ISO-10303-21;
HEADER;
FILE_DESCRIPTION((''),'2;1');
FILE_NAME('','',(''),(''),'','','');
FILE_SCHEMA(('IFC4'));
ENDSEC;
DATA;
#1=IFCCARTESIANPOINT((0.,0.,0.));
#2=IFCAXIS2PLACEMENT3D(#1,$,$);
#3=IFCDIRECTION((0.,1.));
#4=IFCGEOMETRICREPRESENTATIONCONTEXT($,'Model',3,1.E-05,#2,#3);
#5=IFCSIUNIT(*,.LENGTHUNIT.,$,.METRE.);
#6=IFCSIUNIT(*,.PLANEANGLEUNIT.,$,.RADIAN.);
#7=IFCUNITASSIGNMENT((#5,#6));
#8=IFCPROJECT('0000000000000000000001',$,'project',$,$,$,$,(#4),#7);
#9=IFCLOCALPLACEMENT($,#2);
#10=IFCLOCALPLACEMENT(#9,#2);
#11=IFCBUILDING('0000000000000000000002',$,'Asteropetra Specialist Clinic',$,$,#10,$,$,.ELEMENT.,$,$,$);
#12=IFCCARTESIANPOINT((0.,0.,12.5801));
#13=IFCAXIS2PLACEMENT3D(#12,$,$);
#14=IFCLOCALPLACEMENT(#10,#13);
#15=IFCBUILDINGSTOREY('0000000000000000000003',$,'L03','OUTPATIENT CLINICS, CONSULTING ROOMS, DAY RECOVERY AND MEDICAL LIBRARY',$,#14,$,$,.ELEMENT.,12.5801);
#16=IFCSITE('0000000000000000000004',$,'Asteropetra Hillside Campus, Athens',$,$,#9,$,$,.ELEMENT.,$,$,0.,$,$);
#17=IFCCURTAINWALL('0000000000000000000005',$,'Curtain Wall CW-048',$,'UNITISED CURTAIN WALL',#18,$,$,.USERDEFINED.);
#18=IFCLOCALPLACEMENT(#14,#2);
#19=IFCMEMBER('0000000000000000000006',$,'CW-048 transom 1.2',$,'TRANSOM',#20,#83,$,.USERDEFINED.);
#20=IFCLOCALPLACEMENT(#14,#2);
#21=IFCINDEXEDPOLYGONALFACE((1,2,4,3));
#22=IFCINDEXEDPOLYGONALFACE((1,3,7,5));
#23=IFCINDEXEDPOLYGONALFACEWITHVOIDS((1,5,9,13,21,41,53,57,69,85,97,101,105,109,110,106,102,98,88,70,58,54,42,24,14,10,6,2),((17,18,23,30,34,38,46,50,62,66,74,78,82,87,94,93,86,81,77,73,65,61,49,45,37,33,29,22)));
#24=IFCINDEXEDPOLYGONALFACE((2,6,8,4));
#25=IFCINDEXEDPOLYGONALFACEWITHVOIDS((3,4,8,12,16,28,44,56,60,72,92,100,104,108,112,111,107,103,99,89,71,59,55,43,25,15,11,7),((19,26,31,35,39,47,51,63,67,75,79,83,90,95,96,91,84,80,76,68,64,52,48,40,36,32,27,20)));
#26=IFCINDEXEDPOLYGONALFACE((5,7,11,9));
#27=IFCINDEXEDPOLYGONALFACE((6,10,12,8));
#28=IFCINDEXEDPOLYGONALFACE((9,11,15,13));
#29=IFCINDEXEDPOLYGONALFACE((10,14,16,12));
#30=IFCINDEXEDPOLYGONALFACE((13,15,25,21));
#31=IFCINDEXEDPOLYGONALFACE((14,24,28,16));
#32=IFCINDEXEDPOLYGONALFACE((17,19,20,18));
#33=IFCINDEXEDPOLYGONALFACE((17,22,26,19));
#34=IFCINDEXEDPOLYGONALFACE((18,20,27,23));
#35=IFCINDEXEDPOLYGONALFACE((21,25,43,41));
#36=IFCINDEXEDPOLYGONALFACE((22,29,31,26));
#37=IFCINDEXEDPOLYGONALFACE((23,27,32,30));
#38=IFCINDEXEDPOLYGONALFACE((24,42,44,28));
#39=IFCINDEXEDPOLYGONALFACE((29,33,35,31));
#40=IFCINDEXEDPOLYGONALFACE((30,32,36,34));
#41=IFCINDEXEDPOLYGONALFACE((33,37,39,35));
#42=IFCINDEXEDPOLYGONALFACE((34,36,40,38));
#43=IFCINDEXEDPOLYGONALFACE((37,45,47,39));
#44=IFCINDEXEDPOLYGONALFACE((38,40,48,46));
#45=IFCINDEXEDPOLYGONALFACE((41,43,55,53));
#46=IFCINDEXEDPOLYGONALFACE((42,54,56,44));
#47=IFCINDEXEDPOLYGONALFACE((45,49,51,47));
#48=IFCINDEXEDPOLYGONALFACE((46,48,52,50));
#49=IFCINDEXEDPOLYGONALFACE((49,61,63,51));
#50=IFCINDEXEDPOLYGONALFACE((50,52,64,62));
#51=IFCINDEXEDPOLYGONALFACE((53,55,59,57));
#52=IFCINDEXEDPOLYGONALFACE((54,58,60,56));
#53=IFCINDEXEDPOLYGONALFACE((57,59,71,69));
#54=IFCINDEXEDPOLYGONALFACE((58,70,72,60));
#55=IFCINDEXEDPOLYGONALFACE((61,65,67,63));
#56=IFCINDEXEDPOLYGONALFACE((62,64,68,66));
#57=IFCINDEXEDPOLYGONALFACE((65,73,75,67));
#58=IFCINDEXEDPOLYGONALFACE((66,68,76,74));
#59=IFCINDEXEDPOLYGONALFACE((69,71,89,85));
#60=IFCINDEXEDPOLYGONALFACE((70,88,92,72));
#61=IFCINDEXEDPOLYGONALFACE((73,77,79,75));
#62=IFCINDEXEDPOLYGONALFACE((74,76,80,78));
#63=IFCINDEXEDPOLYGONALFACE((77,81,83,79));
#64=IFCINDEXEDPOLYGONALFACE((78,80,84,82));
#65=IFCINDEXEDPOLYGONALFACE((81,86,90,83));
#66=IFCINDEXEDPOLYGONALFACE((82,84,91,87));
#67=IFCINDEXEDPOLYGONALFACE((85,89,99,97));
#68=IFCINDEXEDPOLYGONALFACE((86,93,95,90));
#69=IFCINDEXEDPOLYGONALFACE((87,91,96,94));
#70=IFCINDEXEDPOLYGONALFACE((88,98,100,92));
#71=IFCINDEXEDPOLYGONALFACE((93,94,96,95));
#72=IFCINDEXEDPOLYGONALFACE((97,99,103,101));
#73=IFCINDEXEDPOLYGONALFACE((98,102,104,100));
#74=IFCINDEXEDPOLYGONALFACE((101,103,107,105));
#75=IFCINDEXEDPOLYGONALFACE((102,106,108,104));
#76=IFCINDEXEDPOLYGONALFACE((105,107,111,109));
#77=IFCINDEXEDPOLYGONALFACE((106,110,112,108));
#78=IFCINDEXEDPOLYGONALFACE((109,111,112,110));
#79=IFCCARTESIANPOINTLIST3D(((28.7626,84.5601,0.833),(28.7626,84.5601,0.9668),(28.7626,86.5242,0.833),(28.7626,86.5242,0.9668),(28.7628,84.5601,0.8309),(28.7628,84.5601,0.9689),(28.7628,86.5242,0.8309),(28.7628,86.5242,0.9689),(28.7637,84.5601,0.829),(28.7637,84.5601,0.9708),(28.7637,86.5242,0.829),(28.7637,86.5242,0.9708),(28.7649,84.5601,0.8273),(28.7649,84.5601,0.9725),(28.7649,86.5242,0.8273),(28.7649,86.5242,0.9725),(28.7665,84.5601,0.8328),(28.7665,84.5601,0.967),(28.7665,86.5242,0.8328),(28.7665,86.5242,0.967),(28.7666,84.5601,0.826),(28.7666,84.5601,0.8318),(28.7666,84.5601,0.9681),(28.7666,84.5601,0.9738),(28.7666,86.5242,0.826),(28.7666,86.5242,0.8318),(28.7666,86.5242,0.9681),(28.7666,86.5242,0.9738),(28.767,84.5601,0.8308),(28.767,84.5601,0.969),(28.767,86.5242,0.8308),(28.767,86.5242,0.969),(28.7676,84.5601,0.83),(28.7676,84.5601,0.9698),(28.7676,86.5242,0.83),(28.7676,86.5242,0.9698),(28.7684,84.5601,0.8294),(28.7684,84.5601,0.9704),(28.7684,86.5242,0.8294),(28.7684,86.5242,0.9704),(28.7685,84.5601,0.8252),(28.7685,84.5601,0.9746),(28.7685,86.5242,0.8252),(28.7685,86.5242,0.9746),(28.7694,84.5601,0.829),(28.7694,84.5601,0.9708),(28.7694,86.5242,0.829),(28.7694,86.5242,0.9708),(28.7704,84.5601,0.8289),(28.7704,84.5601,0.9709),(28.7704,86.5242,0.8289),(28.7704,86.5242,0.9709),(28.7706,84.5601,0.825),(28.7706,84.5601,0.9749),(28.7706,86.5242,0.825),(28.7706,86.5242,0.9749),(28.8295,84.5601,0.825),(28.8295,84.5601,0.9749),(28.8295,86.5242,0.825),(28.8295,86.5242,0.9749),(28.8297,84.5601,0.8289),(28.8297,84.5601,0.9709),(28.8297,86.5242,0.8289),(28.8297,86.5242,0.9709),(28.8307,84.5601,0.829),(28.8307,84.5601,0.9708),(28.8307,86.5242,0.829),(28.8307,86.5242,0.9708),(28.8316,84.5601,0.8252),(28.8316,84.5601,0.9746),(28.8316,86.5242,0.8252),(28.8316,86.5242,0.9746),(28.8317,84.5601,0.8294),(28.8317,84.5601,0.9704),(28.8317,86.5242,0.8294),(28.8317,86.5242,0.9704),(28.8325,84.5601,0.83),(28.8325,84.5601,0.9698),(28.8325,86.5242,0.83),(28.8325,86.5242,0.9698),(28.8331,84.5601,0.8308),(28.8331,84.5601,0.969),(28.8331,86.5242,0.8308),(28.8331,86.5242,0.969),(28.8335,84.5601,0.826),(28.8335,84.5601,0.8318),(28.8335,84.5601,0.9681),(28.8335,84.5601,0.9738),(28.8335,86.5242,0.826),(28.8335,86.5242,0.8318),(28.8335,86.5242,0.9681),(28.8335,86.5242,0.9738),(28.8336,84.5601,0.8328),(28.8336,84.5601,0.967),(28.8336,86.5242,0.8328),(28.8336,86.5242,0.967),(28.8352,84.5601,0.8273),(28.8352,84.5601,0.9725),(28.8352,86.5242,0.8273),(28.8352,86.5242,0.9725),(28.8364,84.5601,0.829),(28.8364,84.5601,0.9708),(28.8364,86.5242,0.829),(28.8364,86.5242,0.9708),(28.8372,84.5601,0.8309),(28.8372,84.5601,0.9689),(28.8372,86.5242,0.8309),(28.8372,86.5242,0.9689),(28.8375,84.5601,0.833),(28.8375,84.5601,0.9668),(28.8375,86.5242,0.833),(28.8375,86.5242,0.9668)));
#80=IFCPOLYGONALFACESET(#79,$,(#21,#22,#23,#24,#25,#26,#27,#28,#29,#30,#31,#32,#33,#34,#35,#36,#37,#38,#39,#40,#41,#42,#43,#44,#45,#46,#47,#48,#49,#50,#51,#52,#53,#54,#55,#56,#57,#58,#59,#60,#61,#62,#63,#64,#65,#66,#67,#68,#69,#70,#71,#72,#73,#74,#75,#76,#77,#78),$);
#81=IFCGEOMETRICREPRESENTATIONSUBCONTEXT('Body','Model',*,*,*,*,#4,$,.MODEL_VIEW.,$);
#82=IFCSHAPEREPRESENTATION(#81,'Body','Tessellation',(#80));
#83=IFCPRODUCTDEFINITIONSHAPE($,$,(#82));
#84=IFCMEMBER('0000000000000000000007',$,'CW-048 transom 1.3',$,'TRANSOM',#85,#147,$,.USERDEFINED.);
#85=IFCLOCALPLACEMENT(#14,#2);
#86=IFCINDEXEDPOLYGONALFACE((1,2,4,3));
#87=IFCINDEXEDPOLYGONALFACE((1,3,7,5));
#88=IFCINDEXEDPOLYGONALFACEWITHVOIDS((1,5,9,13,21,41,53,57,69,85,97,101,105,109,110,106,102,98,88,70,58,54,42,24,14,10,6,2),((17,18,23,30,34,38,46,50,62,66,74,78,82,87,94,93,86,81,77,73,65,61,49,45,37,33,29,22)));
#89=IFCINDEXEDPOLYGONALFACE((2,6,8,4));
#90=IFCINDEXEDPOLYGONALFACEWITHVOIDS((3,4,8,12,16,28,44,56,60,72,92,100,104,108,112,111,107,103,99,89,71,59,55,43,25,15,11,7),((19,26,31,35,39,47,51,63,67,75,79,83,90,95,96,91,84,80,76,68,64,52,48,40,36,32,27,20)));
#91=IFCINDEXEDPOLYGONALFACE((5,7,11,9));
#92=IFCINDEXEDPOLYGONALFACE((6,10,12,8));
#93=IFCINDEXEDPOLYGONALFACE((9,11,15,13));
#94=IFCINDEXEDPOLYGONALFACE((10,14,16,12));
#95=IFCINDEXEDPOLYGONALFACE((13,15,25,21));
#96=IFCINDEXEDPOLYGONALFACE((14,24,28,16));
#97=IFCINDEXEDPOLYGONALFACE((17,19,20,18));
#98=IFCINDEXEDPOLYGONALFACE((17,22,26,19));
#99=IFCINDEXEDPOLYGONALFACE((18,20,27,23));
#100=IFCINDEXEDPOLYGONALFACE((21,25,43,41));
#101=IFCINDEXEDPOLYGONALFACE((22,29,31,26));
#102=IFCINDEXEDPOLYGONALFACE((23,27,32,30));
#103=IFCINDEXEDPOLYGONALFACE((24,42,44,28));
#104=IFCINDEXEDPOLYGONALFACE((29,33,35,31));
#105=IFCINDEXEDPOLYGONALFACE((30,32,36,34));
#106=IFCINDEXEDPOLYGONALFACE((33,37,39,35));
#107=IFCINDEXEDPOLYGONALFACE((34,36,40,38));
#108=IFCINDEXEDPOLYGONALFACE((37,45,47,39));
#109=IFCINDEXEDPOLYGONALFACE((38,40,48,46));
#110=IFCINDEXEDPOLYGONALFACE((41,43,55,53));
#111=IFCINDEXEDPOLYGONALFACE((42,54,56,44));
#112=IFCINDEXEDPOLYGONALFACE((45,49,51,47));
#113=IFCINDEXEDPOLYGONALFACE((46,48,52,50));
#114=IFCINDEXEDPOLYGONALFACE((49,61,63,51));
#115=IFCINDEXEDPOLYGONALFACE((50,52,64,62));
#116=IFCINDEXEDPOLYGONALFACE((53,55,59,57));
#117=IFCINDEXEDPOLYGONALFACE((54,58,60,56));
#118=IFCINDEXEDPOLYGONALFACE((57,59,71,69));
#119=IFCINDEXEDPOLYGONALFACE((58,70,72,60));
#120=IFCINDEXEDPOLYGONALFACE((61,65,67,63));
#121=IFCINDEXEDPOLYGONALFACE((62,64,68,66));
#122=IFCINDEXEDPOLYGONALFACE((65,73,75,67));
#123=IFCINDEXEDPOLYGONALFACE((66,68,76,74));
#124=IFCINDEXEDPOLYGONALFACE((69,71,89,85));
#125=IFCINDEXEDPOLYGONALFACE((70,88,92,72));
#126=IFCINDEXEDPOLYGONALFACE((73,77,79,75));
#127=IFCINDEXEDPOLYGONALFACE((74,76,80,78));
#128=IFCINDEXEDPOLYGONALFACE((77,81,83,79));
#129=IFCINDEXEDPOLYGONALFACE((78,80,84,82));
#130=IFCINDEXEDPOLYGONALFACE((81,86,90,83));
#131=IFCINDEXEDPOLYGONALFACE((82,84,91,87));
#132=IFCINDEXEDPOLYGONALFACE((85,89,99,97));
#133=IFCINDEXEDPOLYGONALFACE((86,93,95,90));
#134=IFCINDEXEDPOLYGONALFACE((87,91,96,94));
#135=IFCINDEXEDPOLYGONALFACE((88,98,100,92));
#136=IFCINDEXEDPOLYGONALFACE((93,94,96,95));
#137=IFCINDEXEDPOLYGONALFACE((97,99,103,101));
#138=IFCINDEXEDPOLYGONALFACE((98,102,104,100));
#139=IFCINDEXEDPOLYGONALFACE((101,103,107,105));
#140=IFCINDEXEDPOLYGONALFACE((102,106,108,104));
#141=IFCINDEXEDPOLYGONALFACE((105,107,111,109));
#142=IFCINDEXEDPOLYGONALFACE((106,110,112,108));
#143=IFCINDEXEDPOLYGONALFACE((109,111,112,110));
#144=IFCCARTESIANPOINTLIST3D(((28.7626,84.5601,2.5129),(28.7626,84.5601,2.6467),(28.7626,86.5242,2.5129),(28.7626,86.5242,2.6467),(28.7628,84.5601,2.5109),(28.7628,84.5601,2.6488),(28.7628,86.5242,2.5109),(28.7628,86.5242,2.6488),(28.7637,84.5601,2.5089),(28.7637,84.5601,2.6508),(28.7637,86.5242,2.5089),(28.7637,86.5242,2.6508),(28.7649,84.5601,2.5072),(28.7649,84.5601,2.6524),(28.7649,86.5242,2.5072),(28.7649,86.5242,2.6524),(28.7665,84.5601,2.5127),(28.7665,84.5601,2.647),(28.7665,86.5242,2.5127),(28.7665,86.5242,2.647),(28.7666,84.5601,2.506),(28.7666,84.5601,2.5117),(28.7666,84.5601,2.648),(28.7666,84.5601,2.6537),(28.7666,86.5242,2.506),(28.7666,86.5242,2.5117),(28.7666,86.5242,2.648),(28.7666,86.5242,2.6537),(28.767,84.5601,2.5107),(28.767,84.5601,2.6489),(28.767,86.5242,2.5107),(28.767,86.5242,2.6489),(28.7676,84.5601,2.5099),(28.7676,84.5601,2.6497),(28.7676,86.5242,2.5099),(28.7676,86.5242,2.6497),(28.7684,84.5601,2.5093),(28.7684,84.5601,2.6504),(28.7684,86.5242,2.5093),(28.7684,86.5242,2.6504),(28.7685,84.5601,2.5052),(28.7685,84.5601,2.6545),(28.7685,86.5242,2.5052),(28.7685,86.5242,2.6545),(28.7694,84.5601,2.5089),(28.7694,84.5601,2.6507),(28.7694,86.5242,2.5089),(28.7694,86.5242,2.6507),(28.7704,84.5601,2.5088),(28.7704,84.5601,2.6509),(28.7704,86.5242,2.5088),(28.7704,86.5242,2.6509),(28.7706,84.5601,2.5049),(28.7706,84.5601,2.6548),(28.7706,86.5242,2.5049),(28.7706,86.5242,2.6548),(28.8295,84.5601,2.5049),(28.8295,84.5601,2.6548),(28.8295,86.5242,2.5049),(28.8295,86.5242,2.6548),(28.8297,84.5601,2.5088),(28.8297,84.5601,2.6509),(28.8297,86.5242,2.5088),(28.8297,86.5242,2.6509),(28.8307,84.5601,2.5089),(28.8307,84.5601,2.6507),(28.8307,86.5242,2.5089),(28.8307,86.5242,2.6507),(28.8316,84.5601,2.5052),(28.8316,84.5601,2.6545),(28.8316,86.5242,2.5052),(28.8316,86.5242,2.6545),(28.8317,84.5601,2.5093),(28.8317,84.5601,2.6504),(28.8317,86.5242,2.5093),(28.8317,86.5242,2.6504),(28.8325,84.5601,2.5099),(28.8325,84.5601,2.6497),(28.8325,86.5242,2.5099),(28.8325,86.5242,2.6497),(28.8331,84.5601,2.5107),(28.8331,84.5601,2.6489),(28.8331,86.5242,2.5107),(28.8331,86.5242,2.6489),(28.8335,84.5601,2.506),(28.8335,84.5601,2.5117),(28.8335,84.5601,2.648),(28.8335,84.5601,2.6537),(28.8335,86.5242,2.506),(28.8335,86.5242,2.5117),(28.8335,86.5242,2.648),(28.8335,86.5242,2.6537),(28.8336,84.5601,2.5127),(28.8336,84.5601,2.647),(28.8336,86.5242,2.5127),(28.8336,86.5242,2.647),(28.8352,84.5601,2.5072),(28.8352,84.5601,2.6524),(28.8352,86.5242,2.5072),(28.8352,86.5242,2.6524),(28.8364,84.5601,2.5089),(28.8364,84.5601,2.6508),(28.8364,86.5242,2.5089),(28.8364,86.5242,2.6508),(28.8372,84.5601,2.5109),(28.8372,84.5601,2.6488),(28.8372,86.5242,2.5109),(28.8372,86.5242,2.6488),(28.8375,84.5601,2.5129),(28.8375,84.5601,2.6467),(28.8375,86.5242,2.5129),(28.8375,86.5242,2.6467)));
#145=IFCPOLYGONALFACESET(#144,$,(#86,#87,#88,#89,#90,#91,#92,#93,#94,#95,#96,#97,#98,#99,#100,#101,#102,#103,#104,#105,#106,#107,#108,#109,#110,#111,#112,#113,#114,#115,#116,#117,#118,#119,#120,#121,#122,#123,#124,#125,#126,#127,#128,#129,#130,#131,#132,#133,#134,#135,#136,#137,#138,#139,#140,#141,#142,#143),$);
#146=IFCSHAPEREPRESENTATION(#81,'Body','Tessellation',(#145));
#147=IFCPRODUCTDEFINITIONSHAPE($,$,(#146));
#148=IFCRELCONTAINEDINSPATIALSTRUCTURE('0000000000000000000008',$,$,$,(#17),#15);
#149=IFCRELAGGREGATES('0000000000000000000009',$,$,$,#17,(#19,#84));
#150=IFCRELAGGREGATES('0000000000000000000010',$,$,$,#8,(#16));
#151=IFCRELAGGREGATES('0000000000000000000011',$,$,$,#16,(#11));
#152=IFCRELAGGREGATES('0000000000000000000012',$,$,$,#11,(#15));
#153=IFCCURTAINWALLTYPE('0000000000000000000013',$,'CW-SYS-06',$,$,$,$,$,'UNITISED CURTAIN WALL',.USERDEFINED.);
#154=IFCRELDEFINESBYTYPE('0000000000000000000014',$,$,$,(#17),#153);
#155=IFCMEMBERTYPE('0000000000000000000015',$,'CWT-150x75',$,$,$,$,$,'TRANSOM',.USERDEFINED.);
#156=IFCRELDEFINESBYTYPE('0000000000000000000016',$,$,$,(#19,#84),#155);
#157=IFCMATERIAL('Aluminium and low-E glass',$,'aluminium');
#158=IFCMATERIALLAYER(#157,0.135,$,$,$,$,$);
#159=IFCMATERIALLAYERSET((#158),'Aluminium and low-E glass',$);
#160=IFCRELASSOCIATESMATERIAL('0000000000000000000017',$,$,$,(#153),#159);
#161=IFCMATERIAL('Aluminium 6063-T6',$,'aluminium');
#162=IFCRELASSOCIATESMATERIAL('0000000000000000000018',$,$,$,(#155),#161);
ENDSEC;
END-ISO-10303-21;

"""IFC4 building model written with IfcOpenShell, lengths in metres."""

from ifc_helpers import new_model, si_unit, direction, frame, origin, origin_2d, place, context, subcontext, project, spatial, hollow_rectangle, extrude, material, layer, layer_set, material_profile, profile_set, type_object, element, aggregate, save


model = new_model("IFC4")

# Units and contexts
model_context = context("Model", 3, precision=1e-05, world=origin(), true_north=direction((0.0, 1.0)))
body_context = subcontext(model_context, "Body", "Model", "MODEL_VIEW")
ifc_project = project(units=[si_unit("LENGTHUNIT", "METRE"), si_unit("PLANEANGLEUNIT", "RADIAN")], contexts=[model_context])

# Site, building, storey
site_placement = place(None, origin())
site = spatial("IfcSite", under=ifc_project, at=site_placement, Name="Asteropetra Hillside Campus, Athens", CompositionType="ELEMENT", RefElevation=0.0)
building_placement = place(site_placement, origin())
building = spatial("IfcBuilding", under=site, at=building_placement, Name="Asteropetra Specialist Clinic", CompositionType="ELEMENT")
storey_placement = place(building_placement, frame((0.0, 0.0, 12.5801)))
storey = spatial("IfcBuildingStorey", under=building, at=storey_placement, Name="L03", Description="OUTPATIENT CLINICS, CONSULTING ROOMS, DAY RECOVERY AND MEDICAL LIBRARY", CompositionType="ELEMENT", Elevation=12.5801)

# Curtain wall, members
ifc_material_1 = material(Name="Aluminium and low-E glass", Category="aluminium")
ifc_layer_1 = layer(ifc_material_1, 0.135)
ifc_layer_set_1 = layer_set([ifc_layer_1], Name="Aluminium and low-E glass")
curtain_wall_type = type_object("IfcCurtainWallType", Name="CW-SYS-06", ElementType="UNITISED CURTAIN WALL", PredefinedType="USERDEFINED", material=ifc_layer_set_1)
curtain_wall_placement = place(storey_placement, origin())
curtain_wall = element("IfcCurtainWall", 1, at=curtain_wall_placement, inside=storey, type_object=curtain_wall_type, Name="Curtain Wall CW-048", ObjectType="UNITISED CURTAIN WALL", PredefinedType="USERDEFINED")
ifc_material_2 = material(Name="Aluminium 6063-T6", Category="aluminium")
ifc_material_profile_1 = material_profile(ifc_material_2, hollow_rectangle(XDim=0.075, YDim=0.1499, WallThickness=0.0039, InnerFilletRadius=0.0039, OuterFilletRadius=0.0081, at=origin_2d()), Name="TRN 150x75x4.0")
ifc_profile_set_1 = profile_set([ifc_material_profile_1], Name="Aluminium 6063-T6")
member_type_1 = type_object("IfcMemberType", Name="CWT-150x75", ElementType="TRANSOM", PredefinedType="USERDEFINED", material=ifc_profile_set_1)
member_1_placement = place(storey_placement, frame((28.8, 84.5601, 0.8999), z_axis=(0.0, 1.0, 0.0), x_axis=(-1.0, 0.0, 0.0)))
member_1 = element("IfcMember", 2, at=member_1_placement, type_object=member_type_1, Name="CW-048 transom 1.2", ObjectType="TRANSOM", PredefinedType="USERDEFINED", context=body_context, shape_type="SweptSolid", body=[
    extrude(hollow_rectangle(XDim=0.075, YDim=0.1499, WallThickness=0.0039, InnerFilletRadius=0.0039, OuterFilletRadius=0.0081, at=origin_2d()), origin(), (0.0, 0.0, 1.0), 1.9641),
])
member_2_placement = place(storey_placement, frame((28.8, 84.5601, 2.5798), z_axis=(0.0, 1.0, 0.0), x_axis=(-1.0, 0.0, 0.0)))
member_2 = element("IfcMember", 3, at=member_2_placement, type_object=member_type_1, Name="CW-048 transom 1.3", ObjectType="TRANSOM", PredefinedType="USERDEFINED", context=body_context, shape_type="SweptSolid", body=[
    extrude(hollow_rectangle(XDim=0.075, YDim=0.1499, WallThickness=0.0039, InnerFilletRadius=0.0039, OuterFilletRadius=0.0081, at=origin_2d()), origin(), (0.0, 0.0, 1.0), 1.9641),
])

aggregate(curtain_wall, [member_1, member_2])

save(model, "model.ifc")
